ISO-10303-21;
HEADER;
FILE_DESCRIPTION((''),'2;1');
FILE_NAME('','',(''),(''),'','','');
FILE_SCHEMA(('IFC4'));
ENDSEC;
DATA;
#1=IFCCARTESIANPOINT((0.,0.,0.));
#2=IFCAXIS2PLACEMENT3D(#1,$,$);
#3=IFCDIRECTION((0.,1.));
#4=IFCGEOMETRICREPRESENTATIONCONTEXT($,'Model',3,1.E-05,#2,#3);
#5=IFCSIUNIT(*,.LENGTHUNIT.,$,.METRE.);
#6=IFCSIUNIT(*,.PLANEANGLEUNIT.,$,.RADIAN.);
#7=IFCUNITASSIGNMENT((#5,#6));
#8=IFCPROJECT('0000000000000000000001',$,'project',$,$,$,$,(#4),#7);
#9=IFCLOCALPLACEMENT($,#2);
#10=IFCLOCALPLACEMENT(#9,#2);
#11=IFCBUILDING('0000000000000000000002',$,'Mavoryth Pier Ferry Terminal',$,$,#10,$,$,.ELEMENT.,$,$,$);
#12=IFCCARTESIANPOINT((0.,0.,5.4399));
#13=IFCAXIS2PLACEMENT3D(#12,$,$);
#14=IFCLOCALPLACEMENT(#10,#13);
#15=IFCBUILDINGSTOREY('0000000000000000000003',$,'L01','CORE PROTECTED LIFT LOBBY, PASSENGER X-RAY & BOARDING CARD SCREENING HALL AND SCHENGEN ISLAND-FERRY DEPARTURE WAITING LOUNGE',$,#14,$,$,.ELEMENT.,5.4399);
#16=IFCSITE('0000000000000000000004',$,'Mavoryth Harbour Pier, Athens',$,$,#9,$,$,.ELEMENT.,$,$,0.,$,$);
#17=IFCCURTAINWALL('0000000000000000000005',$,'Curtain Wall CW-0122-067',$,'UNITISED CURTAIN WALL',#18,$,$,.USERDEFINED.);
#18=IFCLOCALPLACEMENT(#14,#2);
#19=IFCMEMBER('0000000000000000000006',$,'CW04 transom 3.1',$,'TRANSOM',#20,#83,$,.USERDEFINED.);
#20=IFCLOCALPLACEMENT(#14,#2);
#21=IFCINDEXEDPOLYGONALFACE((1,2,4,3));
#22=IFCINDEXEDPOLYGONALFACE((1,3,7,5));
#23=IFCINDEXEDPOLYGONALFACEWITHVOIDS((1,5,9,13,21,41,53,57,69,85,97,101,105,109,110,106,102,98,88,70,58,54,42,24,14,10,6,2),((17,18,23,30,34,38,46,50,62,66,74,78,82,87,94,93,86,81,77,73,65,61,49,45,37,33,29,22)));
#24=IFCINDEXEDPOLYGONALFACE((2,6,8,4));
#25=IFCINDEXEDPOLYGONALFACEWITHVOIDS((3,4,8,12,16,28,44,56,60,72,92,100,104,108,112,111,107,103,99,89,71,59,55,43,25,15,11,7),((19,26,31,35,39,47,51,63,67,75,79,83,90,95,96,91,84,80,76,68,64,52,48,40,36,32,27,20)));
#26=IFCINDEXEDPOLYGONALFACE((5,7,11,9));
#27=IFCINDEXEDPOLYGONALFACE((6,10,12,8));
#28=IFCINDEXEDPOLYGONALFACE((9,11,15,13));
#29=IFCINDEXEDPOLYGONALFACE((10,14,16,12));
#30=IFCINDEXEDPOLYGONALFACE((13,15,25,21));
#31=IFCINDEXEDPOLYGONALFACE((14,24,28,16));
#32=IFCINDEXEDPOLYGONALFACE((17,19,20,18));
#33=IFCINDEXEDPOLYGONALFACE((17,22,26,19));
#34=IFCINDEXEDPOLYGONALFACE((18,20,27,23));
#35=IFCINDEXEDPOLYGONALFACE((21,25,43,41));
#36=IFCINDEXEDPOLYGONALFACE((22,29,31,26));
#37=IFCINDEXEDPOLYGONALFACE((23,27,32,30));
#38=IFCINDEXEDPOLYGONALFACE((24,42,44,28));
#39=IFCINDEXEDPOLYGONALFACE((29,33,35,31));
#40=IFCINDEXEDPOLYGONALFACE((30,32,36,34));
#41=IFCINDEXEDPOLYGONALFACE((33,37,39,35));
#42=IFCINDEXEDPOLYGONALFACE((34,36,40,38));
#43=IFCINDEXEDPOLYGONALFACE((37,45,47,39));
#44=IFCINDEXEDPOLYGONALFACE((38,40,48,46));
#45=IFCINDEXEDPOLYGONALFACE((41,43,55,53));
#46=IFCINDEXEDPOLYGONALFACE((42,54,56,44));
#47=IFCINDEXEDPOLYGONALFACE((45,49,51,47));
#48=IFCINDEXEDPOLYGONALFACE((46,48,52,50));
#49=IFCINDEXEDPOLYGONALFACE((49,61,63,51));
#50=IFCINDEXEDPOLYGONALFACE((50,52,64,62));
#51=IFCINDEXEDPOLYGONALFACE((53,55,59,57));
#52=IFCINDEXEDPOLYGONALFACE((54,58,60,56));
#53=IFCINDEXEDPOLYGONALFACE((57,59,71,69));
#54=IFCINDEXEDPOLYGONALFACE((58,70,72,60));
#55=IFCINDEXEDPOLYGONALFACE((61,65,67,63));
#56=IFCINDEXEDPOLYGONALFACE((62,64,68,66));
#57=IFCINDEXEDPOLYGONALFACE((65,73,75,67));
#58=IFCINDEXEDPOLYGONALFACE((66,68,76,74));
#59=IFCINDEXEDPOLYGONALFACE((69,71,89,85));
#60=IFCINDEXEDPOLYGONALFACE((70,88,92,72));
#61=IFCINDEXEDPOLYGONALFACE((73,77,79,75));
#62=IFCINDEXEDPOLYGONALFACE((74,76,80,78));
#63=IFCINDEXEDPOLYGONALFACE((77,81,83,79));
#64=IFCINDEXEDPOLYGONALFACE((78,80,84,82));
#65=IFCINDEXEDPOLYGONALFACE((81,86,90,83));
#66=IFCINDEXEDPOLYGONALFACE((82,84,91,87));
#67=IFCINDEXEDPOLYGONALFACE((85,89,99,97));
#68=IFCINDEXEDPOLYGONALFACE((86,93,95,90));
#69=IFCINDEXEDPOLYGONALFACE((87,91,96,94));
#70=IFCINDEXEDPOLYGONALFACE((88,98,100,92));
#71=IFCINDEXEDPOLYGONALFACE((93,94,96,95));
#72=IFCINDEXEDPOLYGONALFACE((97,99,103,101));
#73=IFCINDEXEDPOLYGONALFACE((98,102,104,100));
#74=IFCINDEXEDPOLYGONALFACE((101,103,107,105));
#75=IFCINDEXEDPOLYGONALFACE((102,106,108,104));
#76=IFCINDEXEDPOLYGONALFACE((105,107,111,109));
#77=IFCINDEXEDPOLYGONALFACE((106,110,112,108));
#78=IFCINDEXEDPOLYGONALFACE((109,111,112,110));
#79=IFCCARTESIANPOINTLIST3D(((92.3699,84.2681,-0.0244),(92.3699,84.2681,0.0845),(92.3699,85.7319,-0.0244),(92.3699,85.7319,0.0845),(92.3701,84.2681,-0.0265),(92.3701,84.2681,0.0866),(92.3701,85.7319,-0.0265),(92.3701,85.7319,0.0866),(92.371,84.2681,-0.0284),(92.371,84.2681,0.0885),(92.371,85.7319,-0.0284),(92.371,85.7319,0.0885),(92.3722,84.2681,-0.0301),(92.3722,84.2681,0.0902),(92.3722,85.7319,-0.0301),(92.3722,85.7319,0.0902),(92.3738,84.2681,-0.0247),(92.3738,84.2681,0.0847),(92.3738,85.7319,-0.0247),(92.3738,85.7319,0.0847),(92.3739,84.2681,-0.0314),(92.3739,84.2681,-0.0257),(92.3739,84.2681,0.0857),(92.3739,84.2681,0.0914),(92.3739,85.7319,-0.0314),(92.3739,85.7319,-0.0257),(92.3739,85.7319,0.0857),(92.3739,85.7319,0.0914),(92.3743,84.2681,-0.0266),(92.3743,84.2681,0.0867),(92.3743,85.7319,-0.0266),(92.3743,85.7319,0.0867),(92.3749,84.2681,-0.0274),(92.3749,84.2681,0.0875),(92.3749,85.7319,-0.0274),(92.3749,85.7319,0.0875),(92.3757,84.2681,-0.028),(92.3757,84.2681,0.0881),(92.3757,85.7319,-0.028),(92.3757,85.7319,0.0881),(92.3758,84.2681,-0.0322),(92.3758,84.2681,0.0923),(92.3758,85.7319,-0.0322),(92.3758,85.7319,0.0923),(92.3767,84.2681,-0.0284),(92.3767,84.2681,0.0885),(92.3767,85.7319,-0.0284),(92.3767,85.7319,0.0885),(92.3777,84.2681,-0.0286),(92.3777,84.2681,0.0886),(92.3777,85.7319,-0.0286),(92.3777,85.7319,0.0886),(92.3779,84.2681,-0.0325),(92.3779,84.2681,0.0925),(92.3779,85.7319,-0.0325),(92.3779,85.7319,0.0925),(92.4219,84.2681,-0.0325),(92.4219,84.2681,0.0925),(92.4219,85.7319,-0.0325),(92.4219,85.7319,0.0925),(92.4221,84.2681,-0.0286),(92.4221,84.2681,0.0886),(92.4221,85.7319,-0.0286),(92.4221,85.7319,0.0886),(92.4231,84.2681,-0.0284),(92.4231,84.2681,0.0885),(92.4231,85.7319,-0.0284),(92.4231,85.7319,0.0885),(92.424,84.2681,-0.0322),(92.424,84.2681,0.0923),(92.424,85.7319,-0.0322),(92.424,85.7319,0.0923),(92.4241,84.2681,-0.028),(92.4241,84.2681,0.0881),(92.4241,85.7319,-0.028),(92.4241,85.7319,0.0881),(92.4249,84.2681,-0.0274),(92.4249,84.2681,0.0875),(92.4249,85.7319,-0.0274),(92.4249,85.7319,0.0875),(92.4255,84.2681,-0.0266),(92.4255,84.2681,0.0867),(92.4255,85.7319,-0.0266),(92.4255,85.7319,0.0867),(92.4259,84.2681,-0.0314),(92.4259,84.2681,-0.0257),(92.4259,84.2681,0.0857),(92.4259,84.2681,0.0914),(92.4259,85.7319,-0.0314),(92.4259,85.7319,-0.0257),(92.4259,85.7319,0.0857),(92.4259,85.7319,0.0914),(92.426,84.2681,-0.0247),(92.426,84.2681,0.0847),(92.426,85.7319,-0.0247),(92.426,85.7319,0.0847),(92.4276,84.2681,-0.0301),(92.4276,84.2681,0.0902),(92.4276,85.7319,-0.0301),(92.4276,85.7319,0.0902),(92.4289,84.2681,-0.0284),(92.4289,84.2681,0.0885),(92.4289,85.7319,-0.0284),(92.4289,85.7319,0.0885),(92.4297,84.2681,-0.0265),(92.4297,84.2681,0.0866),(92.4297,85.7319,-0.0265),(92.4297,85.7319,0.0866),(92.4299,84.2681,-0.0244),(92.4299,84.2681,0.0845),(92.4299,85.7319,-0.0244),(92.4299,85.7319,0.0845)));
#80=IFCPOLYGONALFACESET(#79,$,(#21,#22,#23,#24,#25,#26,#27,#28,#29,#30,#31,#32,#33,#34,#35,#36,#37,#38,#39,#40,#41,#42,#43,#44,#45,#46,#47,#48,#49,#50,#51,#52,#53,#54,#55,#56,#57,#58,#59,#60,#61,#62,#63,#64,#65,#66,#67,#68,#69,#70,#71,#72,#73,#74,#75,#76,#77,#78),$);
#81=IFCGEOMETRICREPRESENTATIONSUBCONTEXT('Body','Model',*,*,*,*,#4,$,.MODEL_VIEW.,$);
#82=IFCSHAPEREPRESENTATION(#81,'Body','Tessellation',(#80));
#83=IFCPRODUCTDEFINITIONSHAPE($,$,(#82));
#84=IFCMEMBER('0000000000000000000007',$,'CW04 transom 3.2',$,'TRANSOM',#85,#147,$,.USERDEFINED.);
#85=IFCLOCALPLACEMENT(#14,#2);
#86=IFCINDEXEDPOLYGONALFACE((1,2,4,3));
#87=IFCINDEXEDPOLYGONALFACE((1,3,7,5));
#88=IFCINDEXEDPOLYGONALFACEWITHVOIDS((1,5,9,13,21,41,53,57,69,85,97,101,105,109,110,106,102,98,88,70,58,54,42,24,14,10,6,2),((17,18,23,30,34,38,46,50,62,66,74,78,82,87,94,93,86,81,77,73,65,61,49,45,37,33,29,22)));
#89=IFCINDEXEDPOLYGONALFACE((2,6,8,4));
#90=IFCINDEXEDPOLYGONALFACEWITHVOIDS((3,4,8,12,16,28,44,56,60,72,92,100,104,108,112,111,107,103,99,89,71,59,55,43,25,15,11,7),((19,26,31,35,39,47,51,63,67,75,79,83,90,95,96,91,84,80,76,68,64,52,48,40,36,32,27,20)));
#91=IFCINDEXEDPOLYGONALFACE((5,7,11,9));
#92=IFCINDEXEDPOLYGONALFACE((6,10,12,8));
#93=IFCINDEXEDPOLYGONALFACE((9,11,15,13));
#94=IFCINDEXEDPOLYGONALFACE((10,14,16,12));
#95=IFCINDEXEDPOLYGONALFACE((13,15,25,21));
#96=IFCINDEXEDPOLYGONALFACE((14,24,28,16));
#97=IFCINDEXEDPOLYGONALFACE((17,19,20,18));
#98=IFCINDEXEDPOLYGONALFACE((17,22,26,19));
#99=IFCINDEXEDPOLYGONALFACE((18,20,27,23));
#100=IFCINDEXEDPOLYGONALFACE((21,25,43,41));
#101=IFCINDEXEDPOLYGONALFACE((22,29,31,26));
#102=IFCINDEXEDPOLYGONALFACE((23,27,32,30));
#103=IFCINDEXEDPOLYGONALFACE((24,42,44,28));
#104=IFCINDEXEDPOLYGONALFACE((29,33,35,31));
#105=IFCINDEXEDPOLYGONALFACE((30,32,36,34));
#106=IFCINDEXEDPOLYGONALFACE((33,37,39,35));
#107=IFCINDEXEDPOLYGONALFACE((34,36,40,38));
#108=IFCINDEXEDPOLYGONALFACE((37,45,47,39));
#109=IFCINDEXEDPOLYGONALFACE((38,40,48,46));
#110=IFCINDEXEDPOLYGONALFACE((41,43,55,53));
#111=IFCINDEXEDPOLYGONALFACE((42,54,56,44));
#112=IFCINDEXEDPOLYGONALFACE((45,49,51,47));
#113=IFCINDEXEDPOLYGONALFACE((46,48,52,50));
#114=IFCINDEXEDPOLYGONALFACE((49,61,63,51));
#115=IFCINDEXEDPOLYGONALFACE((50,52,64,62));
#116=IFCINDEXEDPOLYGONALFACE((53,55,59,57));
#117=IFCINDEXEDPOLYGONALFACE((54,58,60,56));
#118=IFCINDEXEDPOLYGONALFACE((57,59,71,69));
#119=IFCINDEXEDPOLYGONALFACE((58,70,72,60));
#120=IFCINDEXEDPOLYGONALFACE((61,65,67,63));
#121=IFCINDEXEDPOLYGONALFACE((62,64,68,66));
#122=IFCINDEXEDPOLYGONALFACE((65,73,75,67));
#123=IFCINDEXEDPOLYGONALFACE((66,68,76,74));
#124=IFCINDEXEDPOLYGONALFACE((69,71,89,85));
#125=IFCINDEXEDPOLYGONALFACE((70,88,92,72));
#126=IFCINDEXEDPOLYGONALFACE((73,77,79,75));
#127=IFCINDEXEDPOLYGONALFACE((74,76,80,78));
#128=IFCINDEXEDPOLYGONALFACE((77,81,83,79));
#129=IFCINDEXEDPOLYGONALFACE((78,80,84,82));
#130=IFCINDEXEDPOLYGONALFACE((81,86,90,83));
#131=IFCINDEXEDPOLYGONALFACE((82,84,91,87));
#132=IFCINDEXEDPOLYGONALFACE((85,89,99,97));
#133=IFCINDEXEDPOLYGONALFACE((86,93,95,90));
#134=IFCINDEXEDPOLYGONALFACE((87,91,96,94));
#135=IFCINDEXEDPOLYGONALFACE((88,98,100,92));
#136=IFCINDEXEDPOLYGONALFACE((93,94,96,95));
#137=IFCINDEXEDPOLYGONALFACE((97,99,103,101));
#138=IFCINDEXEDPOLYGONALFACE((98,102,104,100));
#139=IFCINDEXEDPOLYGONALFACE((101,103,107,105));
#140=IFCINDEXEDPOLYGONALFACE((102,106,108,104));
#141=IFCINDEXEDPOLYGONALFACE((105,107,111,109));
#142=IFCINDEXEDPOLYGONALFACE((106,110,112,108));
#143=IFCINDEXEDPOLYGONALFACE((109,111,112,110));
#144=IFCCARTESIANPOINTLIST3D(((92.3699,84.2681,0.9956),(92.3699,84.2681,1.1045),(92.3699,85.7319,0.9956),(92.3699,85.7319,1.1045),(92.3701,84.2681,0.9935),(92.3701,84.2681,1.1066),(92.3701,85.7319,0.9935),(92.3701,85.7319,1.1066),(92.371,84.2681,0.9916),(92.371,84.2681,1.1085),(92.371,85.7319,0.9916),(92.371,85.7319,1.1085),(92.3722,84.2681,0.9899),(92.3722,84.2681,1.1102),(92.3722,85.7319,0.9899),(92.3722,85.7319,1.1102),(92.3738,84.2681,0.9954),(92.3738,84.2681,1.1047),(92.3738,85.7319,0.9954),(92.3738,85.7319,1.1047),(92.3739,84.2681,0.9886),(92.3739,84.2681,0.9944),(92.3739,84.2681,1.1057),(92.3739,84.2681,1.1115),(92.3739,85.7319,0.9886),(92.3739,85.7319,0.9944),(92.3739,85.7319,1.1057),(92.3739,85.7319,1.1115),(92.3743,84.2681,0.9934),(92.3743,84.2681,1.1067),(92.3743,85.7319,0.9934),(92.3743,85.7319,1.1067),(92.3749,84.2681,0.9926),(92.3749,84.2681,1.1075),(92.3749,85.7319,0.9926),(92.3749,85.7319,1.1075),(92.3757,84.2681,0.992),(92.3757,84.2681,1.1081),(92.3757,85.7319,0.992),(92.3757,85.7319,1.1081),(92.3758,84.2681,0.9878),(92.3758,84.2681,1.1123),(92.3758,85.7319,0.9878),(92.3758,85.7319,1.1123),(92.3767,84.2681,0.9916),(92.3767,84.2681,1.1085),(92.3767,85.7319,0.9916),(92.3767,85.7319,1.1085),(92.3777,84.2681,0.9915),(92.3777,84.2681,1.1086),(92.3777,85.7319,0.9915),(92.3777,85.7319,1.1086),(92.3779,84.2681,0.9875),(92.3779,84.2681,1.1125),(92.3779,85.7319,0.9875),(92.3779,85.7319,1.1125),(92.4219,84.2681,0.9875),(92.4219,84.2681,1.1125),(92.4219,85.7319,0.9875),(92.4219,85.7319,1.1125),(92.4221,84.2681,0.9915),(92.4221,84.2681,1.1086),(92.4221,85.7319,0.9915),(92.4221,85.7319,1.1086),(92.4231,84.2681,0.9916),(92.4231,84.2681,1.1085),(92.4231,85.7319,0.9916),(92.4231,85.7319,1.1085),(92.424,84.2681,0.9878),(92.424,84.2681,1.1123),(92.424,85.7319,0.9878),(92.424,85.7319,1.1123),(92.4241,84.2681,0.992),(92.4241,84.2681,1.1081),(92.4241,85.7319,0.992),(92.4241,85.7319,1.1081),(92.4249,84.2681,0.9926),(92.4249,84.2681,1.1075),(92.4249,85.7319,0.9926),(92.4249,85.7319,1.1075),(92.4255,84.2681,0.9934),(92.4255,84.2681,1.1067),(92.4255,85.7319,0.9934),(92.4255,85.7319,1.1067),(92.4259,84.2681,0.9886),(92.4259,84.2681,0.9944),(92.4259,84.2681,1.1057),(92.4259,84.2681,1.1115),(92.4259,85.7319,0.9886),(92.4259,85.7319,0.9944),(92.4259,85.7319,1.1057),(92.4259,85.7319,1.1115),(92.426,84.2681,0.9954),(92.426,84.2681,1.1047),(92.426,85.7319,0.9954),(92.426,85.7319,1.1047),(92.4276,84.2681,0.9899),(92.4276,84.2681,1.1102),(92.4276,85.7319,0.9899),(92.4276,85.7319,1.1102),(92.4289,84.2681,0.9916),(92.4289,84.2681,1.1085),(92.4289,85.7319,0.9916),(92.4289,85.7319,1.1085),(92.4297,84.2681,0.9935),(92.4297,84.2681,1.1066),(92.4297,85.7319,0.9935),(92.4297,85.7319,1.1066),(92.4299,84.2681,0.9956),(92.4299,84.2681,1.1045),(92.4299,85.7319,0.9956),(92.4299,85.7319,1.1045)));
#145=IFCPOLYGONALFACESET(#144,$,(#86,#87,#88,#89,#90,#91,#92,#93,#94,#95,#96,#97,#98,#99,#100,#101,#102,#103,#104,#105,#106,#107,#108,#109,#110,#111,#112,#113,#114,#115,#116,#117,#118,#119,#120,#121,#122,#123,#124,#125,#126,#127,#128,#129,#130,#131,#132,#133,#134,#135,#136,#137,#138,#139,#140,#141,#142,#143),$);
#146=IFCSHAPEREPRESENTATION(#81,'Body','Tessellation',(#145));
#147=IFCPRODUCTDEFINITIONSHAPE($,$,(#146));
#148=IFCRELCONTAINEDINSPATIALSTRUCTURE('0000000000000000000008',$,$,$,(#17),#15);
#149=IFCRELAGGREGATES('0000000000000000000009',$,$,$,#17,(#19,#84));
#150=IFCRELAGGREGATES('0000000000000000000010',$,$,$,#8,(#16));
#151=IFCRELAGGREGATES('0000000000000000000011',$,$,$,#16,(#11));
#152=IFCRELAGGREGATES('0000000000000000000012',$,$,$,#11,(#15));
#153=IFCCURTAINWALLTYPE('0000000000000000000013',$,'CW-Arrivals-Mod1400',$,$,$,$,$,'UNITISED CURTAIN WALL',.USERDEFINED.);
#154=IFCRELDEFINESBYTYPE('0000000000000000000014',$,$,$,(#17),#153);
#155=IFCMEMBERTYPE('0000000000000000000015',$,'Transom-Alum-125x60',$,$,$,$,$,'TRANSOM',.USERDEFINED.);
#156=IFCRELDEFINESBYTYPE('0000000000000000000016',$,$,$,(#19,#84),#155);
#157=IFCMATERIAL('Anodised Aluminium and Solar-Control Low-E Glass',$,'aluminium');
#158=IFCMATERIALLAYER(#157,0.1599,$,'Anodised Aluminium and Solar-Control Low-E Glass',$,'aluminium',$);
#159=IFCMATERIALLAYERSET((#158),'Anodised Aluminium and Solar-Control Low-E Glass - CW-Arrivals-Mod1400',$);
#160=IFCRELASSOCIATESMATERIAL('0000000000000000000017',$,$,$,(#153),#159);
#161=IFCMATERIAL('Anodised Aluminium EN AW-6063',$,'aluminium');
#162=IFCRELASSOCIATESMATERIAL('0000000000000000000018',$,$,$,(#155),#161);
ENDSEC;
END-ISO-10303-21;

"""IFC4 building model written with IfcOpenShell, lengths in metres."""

from ifc_helpers import new_model, si_unit, direction, frame, origin, origin_2d, place, context, subcontext, project, spatial, hollow_rectangle, extrude, material, layer, layer_set, material_profile, profile_set, type_object, element, aggregate, save


model = new_model("IFC4")

# Units and contexts
model_context = context("Model", 3, precision=1e-05, world=origin(), true_north=direction((0.0, 1.0)))
body_context = subcontext(model_context, "Body", "Model", "MODEL_VIEW")
ifc_project = project(units=[si_unit("LENGTHUNIT", "METRE"), si_unit("PLANEANGLEUNIT", "RADIAN")], contexts=[model_context])

# Site, building, storey
site_placement = place(None, origin())
site = spatial("IfcSite", under=ifc_project, at=site_placement, Name="Mavoryth Harbour Pier, Athens", CompositionType="ELEMENT", RefElevation=0.0)
building_placement = place(site_placement, origin())
building = spatial("IfcBuilding", under=site, at=building_placement, Name="Mavoryth Pier Ferry Terminal", CompositionType="ELEMENT")
storey_placement = place(building_placement, frame((0.0, 0.0, 5.4399)))
storey = spatial("IfcBuildingStorey", under=building, at=storey_placement, Name="L01", Description="CORE PROTECTED LIFT LOBBY, PASSENGER X-RAY & BOARDING CARD SCREENING HALL AND SCHENGEN ISLAND-FERRY DEPARTURE WAITING LOUNGE", CompositionType="ELEMENT", Elevation=5.4399)

# Curtain wall
ifc_material_1 = material(Name="Anodised Aluminium and Solar-Control Low-E Glass", Category="aluminium")
ifc_layer_1 = layer(ifc_material_1, 0.1599, Name="Anodised Aluminium and Solar-Control Low-E Glass", Category="aluminium")
ifc_layer_set_1 = layer_set([ifc_layer_1], Name="Anodised Aluminium and Solar-Control Low-E Glass - CW-Arrivals-Mod1400")
curtain_wall_type = type_object("IfcCurtainWallType", Name="CW-Arrivals-Mod1400", ElementType="UNITISED CURTAIN WALL", PredefinedType="USERDEFINED", material=ifc_layer_set_1)
curtain_wall_1_placement = place(storey_placement, origin())
curtain_wall_1 = element("IfcCurtainWall", 1, at=curtain_wall_1_placement, inside=storey, type_object=curtain_wall_type, Name="Curtain Wall CW-0122-067", ObjectType="UNITISED CURTAIN WALL", PredefinedType="USERDEFINED")
ifc_material_2 = material(Name="Anodised Aluminium EN AW-6063", Category="aluminium")

# Members
ifc_material_profile_1 = material_profile(ifc_material_2, hollow_rectangle(XDim=0.0601, YDim=0.125, WallThickness=0.0039, InnerFilletRadius=0.0039, OuterFilletRadius=0.0081, at=origin_2d()), Name="AL-TRAN 125x60x4", Category="aluminium")
ifc_profile_set_1 = profile_set([ifc_material_profile_1], Name="Anodised Aluminium EN AW-6063 - AL-TRAN 125x60x4")
member_type_1 = type_object("IfcMemberType", Name="Transom-Alum-125x60", ElementType="TRANSOM", PredefinedType="USERDEFINED", material=ifc_profile_set_1)
member_1_placement = place(storey_placement, frame((92.3999, 84.2681, 0.03), z_axis=(0.0, 1.0, 0.0), x_axis=(-1.0, 0.0, 0.0)))
member_1 = element("IfcMember", 2, at=member_1_placement, type_object=member_type_1, Name="CW04 transom 3.1", ObjectType="TRANSOM", PredefinedType="USERDEFINED", context=body_context, shape_type="SweptSolid", body=[
    extrude(hollow_rectangle(XDim=0.0601, YDim=0.125, WallThickness=0.0039, InnerFilletRadius=0.0039, OuterFilletRadius=0.0081, at=origin_2d()), origin(), (0.0, 0.0, 1.0), 1.4639),
])
member_2_placement = place(storey_placement, frame((92.3999, 84.2681, 1.05), z_axis=(0.0, 1.0, 0.0), x_axis=(-1.0, 0.0, 0.0)))
member_2 = element("IfcMember", 3, at=member_2_placement, type_object=member_type_1, Name="CW04 transom 3.2", ObjectType="TRANSOM", PredefinedType="USERDEFINED", context=body_context, shape_type="SweptSolid", body=[
    extrude(hollow_rectangle(XDim=0.0601, YDim=0.125, WallThickness=0.0039, InnerFilletRadius=0.0039, OuterFilletRadius=0.0081, at=origin_2d()), origin(), (0.0, 0.0, 1.0), 1.4639),
])

aggregate(curtain_wall_1, [member_1, member_2])

save(model, "model.ifc")
